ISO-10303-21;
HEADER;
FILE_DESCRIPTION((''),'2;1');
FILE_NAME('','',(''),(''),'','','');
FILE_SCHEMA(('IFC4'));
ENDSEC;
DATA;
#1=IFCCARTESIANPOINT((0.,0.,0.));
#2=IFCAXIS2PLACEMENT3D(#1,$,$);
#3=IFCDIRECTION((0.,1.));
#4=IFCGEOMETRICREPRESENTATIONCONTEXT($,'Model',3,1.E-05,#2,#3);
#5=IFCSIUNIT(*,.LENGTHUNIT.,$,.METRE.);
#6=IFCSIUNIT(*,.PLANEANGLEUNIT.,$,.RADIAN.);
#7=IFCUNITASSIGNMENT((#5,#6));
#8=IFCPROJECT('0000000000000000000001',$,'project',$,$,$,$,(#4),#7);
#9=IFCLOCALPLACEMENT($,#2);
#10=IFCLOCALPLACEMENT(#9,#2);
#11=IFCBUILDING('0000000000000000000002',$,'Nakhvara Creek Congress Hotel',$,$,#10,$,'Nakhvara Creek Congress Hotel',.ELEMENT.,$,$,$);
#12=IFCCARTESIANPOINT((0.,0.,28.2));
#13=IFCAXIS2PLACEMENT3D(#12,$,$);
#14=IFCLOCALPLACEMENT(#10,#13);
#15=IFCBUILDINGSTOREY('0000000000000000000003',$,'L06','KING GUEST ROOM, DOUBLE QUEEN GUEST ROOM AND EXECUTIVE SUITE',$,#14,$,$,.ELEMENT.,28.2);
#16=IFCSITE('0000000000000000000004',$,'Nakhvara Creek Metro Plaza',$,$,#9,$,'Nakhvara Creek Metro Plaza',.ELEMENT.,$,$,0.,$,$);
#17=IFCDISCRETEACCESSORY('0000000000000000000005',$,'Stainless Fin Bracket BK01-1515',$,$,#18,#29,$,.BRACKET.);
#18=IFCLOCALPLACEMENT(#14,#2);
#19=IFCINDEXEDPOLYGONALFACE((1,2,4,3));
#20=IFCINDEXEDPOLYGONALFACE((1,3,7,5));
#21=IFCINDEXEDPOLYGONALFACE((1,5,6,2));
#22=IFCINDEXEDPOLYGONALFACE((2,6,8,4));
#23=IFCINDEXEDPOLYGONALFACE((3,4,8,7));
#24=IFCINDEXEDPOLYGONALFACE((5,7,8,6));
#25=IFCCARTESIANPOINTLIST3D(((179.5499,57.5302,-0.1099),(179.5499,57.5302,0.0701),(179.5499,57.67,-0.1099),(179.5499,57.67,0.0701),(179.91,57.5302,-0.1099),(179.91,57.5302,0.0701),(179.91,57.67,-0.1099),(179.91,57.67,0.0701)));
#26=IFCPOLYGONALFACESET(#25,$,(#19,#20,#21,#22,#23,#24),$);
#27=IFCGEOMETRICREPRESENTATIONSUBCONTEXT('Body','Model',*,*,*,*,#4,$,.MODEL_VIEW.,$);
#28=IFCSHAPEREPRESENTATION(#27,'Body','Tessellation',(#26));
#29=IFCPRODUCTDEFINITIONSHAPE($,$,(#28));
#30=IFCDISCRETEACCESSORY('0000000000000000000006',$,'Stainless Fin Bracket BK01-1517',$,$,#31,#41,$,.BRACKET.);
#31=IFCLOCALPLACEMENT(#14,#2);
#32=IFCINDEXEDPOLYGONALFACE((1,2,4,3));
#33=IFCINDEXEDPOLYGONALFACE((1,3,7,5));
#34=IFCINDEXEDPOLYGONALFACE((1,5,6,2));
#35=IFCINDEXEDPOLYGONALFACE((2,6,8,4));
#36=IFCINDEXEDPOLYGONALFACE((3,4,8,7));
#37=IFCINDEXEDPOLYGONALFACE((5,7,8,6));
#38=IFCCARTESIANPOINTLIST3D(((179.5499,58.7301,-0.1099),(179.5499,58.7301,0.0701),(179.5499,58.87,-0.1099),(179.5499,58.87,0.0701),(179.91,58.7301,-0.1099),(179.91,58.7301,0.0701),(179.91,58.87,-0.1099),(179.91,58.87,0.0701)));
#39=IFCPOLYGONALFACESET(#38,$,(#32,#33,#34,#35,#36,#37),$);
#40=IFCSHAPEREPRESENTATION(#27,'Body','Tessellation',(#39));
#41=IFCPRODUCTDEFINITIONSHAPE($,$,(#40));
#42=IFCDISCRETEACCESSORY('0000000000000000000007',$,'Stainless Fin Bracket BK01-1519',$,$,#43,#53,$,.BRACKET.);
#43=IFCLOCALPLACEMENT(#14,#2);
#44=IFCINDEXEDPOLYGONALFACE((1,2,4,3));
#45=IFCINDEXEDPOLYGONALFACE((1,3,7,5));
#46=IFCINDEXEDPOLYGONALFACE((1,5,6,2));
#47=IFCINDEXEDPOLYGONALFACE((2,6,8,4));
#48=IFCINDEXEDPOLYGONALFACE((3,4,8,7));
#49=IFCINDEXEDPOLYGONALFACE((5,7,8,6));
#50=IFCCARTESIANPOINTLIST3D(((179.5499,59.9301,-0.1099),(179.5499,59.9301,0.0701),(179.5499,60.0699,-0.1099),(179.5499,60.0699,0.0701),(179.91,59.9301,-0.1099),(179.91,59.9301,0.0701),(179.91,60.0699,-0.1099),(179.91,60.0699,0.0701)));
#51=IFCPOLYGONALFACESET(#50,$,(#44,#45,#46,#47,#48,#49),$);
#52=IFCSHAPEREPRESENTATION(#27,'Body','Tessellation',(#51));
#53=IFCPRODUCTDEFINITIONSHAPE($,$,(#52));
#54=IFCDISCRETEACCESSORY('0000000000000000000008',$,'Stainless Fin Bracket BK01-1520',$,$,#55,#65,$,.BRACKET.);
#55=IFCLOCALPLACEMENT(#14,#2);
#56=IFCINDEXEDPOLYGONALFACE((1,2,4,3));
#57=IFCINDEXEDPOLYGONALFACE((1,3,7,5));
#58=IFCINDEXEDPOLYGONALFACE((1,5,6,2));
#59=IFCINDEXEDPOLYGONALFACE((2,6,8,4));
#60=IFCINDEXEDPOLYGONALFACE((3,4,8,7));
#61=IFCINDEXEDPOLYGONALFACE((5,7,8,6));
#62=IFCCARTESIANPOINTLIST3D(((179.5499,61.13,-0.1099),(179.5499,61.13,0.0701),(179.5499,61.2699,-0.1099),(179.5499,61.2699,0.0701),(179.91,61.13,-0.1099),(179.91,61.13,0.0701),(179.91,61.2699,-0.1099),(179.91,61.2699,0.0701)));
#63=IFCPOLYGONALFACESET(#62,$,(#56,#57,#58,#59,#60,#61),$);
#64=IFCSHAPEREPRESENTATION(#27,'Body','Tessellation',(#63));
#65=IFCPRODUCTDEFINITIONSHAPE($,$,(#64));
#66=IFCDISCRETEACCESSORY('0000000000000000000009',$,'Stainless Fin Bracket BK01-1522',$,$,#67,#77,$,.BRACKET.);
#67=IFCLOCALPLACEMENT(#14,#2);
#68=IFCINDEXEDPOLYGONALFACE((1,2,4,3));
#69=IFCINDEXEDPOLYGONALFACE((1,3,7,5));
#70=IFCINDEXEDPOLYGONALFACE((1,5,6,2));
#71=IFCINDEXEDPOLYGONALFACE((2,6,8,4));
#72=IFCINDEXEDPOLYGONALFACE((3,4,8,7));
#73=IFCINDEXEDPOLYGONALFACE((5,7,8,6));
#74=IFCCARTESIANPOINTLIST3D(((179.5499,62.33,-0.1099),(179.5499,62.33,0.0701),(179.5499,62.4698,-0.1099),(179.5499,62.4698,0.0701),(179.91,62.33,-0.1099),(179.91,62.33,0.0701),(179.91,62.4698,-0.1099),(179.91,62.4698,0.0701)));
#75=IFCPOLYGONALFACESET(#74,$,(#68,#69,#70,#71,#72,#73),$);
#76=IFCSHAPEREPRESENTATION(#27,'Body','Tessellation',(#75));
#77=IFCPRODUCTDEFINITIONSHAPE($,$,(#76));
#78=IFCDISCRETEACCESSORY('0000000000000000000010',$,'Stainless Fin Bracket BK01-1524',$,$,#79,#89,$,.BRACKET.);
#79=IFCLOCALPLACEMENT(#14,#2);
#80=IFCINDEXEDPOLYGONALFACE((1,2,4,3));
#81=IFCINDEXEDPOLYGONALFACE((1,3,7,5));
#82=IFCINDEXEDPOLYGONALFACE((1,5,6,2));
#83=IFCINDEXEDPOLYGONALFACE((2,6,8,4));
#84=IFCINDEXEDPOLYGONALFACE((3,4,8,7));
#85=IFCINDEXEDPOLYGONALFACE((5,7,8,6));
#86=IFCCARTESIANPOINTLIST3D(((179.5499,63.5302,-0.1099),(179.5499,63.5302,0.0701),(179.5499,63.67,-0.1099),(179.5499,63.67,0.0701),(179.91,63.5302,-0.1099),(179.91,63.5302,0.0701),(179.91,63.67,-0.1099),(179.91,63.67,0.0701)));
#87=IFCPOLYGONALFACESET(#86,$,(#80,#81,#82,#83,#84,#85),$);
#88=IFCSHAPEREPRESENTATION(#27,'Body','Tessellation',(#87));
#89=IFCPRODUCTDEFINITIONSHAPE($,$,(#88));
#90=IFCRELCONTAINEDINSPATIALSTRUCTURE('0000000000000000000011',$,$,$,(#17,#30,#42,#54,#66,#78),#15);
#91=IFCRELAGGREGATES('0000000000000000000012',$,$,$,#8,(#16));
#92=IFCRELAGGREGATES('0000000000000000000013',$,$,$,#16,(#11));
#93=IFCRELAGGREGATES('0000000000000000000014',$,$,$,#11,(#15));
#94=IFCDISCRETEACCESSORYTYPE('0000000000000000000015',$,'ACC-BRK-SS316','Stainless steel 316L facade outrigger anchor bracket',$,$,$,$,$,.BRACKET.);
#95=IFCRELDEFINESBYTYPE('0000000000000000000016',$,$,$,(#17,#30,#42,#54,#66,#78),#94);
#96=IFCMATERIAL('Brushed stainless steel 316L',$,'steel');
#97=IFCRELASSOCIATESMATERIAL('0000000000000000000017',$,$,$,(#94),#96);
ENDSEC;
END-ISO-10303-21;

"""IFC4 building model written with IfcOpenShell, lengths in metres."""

from ifc_helpers import new_model, si_unit, direction, frame, origin, origin_2d, place, context, subcontext, project, spatial, rectangle, extrude, material, type_object, element, save


model = new_model("IFC4")

# Units and contexts
model_context = context("Model", 3, precision=1e-05, world=origin(), true_north=direction((0.0, 1.0)))
body_context = subcontext(model_context, "Body", "Model", "MODEL_VIEW")
ifc_project = project(units=[si_unit("LENGTHUNIT", "METRE"), si_unit("PLANEANGLEUNIT", "RADIAN")], contexts=[model_context])

# Site, building, storey
site_placement = place(None, origin())
site = spatial("IfcSite", under=ifc_project, at=site_placement, Name="Nakhvara Creek Metro Plaza", LongName="Nakhvara Creek Metro Plaza", CompositionType="ELEMENT", RefElevation=0.0)
building_placement = place(site_placement, origin())
building = spatial("IfcBuilding", under=site, at=building_placement, Name="Nakhvara Creek Congress Hotel", LongName="Nakhvara Creek Congress Hotel", CompositionType="ELEMENT")
storey_placement = place(building_placement, frame((0.0, 0.0, 28.2)))
storey = spatial("IfcBuildingStorey", under=building, at=storey_placement, Name="L06", Description="KING GUEST ROOM, DOUBLE QUEEN GUEST ROOM AND EXECUTIVE SUITE", CompositionType="ELEMENT", Elevation=28.2)

# Discrete accessories
ifc_material_1 = material(Name="Brushed stainless steel 316L", Category="steel")
discrete_accessory_type = type_object("IfcDiscreteAccessoryType", Name="ACC-BRK-SS316", Description="Stainless steel 316L facade outrigger anchor bracket", PredefinedType="BRACKET", material=ifc_material_1)
for number, where, z_axis, x_axis, name in (
    (1, (179.73, 57.6001, -0.1099), (0.0, 0.0, 1.0), (0.0, 1.0, 0.0), "Stainless Fin Bracket BK01-1515"),
    (2, (179.73, 58.8, -0.1099), (0.0, 0.0, 1.0), (0.0, 1.0, 0.0), "Stainless Fin Bracket BK01-1517"),
    (3, (179.73, 60.0, -0.1099), (0.0, 0.0, 1.0), (0.0, 1.0, 0.0), "Stainless Fin Bracket BK01-1519"),
    (4, (179.73, 61.2, -0.1099), (0.0, 0.0, 1.0), (0.0, 1.0, 0.0), "Stainless Fin Bracket BK01-1520"),
    (5, (179.73, 62.3999, -0.1099), (0.0, 0.0, 1.0), (0.0, 1.0, 0.0), "Stainless Fin Bracket BK01-1522"),
    (6, (179.73, 63.6001, -0.1099), (0.0, 0.0, 1.0), (0.0, 1.0, 0.0), "Stainless Fin Bracket BK01-1524"),
):
    element("IfcDiscreteAccessory", number, at=place(storey_placement, frame(where, z_axis=z_axis, x_axis=x_axis)), inside=storey, type_object=discrete_accessory_type, Name=name, PredefinedType="BRACKET", context=body_context, shape_type="SweptSolid", body=[
        extrude(rectangle(XDim=0.1399, YDim=0.3601, at=origin_2d()), origin(), (0.0, 0.0, 1.0), 0.1799),
    ])

save(model, "model.ifc")
